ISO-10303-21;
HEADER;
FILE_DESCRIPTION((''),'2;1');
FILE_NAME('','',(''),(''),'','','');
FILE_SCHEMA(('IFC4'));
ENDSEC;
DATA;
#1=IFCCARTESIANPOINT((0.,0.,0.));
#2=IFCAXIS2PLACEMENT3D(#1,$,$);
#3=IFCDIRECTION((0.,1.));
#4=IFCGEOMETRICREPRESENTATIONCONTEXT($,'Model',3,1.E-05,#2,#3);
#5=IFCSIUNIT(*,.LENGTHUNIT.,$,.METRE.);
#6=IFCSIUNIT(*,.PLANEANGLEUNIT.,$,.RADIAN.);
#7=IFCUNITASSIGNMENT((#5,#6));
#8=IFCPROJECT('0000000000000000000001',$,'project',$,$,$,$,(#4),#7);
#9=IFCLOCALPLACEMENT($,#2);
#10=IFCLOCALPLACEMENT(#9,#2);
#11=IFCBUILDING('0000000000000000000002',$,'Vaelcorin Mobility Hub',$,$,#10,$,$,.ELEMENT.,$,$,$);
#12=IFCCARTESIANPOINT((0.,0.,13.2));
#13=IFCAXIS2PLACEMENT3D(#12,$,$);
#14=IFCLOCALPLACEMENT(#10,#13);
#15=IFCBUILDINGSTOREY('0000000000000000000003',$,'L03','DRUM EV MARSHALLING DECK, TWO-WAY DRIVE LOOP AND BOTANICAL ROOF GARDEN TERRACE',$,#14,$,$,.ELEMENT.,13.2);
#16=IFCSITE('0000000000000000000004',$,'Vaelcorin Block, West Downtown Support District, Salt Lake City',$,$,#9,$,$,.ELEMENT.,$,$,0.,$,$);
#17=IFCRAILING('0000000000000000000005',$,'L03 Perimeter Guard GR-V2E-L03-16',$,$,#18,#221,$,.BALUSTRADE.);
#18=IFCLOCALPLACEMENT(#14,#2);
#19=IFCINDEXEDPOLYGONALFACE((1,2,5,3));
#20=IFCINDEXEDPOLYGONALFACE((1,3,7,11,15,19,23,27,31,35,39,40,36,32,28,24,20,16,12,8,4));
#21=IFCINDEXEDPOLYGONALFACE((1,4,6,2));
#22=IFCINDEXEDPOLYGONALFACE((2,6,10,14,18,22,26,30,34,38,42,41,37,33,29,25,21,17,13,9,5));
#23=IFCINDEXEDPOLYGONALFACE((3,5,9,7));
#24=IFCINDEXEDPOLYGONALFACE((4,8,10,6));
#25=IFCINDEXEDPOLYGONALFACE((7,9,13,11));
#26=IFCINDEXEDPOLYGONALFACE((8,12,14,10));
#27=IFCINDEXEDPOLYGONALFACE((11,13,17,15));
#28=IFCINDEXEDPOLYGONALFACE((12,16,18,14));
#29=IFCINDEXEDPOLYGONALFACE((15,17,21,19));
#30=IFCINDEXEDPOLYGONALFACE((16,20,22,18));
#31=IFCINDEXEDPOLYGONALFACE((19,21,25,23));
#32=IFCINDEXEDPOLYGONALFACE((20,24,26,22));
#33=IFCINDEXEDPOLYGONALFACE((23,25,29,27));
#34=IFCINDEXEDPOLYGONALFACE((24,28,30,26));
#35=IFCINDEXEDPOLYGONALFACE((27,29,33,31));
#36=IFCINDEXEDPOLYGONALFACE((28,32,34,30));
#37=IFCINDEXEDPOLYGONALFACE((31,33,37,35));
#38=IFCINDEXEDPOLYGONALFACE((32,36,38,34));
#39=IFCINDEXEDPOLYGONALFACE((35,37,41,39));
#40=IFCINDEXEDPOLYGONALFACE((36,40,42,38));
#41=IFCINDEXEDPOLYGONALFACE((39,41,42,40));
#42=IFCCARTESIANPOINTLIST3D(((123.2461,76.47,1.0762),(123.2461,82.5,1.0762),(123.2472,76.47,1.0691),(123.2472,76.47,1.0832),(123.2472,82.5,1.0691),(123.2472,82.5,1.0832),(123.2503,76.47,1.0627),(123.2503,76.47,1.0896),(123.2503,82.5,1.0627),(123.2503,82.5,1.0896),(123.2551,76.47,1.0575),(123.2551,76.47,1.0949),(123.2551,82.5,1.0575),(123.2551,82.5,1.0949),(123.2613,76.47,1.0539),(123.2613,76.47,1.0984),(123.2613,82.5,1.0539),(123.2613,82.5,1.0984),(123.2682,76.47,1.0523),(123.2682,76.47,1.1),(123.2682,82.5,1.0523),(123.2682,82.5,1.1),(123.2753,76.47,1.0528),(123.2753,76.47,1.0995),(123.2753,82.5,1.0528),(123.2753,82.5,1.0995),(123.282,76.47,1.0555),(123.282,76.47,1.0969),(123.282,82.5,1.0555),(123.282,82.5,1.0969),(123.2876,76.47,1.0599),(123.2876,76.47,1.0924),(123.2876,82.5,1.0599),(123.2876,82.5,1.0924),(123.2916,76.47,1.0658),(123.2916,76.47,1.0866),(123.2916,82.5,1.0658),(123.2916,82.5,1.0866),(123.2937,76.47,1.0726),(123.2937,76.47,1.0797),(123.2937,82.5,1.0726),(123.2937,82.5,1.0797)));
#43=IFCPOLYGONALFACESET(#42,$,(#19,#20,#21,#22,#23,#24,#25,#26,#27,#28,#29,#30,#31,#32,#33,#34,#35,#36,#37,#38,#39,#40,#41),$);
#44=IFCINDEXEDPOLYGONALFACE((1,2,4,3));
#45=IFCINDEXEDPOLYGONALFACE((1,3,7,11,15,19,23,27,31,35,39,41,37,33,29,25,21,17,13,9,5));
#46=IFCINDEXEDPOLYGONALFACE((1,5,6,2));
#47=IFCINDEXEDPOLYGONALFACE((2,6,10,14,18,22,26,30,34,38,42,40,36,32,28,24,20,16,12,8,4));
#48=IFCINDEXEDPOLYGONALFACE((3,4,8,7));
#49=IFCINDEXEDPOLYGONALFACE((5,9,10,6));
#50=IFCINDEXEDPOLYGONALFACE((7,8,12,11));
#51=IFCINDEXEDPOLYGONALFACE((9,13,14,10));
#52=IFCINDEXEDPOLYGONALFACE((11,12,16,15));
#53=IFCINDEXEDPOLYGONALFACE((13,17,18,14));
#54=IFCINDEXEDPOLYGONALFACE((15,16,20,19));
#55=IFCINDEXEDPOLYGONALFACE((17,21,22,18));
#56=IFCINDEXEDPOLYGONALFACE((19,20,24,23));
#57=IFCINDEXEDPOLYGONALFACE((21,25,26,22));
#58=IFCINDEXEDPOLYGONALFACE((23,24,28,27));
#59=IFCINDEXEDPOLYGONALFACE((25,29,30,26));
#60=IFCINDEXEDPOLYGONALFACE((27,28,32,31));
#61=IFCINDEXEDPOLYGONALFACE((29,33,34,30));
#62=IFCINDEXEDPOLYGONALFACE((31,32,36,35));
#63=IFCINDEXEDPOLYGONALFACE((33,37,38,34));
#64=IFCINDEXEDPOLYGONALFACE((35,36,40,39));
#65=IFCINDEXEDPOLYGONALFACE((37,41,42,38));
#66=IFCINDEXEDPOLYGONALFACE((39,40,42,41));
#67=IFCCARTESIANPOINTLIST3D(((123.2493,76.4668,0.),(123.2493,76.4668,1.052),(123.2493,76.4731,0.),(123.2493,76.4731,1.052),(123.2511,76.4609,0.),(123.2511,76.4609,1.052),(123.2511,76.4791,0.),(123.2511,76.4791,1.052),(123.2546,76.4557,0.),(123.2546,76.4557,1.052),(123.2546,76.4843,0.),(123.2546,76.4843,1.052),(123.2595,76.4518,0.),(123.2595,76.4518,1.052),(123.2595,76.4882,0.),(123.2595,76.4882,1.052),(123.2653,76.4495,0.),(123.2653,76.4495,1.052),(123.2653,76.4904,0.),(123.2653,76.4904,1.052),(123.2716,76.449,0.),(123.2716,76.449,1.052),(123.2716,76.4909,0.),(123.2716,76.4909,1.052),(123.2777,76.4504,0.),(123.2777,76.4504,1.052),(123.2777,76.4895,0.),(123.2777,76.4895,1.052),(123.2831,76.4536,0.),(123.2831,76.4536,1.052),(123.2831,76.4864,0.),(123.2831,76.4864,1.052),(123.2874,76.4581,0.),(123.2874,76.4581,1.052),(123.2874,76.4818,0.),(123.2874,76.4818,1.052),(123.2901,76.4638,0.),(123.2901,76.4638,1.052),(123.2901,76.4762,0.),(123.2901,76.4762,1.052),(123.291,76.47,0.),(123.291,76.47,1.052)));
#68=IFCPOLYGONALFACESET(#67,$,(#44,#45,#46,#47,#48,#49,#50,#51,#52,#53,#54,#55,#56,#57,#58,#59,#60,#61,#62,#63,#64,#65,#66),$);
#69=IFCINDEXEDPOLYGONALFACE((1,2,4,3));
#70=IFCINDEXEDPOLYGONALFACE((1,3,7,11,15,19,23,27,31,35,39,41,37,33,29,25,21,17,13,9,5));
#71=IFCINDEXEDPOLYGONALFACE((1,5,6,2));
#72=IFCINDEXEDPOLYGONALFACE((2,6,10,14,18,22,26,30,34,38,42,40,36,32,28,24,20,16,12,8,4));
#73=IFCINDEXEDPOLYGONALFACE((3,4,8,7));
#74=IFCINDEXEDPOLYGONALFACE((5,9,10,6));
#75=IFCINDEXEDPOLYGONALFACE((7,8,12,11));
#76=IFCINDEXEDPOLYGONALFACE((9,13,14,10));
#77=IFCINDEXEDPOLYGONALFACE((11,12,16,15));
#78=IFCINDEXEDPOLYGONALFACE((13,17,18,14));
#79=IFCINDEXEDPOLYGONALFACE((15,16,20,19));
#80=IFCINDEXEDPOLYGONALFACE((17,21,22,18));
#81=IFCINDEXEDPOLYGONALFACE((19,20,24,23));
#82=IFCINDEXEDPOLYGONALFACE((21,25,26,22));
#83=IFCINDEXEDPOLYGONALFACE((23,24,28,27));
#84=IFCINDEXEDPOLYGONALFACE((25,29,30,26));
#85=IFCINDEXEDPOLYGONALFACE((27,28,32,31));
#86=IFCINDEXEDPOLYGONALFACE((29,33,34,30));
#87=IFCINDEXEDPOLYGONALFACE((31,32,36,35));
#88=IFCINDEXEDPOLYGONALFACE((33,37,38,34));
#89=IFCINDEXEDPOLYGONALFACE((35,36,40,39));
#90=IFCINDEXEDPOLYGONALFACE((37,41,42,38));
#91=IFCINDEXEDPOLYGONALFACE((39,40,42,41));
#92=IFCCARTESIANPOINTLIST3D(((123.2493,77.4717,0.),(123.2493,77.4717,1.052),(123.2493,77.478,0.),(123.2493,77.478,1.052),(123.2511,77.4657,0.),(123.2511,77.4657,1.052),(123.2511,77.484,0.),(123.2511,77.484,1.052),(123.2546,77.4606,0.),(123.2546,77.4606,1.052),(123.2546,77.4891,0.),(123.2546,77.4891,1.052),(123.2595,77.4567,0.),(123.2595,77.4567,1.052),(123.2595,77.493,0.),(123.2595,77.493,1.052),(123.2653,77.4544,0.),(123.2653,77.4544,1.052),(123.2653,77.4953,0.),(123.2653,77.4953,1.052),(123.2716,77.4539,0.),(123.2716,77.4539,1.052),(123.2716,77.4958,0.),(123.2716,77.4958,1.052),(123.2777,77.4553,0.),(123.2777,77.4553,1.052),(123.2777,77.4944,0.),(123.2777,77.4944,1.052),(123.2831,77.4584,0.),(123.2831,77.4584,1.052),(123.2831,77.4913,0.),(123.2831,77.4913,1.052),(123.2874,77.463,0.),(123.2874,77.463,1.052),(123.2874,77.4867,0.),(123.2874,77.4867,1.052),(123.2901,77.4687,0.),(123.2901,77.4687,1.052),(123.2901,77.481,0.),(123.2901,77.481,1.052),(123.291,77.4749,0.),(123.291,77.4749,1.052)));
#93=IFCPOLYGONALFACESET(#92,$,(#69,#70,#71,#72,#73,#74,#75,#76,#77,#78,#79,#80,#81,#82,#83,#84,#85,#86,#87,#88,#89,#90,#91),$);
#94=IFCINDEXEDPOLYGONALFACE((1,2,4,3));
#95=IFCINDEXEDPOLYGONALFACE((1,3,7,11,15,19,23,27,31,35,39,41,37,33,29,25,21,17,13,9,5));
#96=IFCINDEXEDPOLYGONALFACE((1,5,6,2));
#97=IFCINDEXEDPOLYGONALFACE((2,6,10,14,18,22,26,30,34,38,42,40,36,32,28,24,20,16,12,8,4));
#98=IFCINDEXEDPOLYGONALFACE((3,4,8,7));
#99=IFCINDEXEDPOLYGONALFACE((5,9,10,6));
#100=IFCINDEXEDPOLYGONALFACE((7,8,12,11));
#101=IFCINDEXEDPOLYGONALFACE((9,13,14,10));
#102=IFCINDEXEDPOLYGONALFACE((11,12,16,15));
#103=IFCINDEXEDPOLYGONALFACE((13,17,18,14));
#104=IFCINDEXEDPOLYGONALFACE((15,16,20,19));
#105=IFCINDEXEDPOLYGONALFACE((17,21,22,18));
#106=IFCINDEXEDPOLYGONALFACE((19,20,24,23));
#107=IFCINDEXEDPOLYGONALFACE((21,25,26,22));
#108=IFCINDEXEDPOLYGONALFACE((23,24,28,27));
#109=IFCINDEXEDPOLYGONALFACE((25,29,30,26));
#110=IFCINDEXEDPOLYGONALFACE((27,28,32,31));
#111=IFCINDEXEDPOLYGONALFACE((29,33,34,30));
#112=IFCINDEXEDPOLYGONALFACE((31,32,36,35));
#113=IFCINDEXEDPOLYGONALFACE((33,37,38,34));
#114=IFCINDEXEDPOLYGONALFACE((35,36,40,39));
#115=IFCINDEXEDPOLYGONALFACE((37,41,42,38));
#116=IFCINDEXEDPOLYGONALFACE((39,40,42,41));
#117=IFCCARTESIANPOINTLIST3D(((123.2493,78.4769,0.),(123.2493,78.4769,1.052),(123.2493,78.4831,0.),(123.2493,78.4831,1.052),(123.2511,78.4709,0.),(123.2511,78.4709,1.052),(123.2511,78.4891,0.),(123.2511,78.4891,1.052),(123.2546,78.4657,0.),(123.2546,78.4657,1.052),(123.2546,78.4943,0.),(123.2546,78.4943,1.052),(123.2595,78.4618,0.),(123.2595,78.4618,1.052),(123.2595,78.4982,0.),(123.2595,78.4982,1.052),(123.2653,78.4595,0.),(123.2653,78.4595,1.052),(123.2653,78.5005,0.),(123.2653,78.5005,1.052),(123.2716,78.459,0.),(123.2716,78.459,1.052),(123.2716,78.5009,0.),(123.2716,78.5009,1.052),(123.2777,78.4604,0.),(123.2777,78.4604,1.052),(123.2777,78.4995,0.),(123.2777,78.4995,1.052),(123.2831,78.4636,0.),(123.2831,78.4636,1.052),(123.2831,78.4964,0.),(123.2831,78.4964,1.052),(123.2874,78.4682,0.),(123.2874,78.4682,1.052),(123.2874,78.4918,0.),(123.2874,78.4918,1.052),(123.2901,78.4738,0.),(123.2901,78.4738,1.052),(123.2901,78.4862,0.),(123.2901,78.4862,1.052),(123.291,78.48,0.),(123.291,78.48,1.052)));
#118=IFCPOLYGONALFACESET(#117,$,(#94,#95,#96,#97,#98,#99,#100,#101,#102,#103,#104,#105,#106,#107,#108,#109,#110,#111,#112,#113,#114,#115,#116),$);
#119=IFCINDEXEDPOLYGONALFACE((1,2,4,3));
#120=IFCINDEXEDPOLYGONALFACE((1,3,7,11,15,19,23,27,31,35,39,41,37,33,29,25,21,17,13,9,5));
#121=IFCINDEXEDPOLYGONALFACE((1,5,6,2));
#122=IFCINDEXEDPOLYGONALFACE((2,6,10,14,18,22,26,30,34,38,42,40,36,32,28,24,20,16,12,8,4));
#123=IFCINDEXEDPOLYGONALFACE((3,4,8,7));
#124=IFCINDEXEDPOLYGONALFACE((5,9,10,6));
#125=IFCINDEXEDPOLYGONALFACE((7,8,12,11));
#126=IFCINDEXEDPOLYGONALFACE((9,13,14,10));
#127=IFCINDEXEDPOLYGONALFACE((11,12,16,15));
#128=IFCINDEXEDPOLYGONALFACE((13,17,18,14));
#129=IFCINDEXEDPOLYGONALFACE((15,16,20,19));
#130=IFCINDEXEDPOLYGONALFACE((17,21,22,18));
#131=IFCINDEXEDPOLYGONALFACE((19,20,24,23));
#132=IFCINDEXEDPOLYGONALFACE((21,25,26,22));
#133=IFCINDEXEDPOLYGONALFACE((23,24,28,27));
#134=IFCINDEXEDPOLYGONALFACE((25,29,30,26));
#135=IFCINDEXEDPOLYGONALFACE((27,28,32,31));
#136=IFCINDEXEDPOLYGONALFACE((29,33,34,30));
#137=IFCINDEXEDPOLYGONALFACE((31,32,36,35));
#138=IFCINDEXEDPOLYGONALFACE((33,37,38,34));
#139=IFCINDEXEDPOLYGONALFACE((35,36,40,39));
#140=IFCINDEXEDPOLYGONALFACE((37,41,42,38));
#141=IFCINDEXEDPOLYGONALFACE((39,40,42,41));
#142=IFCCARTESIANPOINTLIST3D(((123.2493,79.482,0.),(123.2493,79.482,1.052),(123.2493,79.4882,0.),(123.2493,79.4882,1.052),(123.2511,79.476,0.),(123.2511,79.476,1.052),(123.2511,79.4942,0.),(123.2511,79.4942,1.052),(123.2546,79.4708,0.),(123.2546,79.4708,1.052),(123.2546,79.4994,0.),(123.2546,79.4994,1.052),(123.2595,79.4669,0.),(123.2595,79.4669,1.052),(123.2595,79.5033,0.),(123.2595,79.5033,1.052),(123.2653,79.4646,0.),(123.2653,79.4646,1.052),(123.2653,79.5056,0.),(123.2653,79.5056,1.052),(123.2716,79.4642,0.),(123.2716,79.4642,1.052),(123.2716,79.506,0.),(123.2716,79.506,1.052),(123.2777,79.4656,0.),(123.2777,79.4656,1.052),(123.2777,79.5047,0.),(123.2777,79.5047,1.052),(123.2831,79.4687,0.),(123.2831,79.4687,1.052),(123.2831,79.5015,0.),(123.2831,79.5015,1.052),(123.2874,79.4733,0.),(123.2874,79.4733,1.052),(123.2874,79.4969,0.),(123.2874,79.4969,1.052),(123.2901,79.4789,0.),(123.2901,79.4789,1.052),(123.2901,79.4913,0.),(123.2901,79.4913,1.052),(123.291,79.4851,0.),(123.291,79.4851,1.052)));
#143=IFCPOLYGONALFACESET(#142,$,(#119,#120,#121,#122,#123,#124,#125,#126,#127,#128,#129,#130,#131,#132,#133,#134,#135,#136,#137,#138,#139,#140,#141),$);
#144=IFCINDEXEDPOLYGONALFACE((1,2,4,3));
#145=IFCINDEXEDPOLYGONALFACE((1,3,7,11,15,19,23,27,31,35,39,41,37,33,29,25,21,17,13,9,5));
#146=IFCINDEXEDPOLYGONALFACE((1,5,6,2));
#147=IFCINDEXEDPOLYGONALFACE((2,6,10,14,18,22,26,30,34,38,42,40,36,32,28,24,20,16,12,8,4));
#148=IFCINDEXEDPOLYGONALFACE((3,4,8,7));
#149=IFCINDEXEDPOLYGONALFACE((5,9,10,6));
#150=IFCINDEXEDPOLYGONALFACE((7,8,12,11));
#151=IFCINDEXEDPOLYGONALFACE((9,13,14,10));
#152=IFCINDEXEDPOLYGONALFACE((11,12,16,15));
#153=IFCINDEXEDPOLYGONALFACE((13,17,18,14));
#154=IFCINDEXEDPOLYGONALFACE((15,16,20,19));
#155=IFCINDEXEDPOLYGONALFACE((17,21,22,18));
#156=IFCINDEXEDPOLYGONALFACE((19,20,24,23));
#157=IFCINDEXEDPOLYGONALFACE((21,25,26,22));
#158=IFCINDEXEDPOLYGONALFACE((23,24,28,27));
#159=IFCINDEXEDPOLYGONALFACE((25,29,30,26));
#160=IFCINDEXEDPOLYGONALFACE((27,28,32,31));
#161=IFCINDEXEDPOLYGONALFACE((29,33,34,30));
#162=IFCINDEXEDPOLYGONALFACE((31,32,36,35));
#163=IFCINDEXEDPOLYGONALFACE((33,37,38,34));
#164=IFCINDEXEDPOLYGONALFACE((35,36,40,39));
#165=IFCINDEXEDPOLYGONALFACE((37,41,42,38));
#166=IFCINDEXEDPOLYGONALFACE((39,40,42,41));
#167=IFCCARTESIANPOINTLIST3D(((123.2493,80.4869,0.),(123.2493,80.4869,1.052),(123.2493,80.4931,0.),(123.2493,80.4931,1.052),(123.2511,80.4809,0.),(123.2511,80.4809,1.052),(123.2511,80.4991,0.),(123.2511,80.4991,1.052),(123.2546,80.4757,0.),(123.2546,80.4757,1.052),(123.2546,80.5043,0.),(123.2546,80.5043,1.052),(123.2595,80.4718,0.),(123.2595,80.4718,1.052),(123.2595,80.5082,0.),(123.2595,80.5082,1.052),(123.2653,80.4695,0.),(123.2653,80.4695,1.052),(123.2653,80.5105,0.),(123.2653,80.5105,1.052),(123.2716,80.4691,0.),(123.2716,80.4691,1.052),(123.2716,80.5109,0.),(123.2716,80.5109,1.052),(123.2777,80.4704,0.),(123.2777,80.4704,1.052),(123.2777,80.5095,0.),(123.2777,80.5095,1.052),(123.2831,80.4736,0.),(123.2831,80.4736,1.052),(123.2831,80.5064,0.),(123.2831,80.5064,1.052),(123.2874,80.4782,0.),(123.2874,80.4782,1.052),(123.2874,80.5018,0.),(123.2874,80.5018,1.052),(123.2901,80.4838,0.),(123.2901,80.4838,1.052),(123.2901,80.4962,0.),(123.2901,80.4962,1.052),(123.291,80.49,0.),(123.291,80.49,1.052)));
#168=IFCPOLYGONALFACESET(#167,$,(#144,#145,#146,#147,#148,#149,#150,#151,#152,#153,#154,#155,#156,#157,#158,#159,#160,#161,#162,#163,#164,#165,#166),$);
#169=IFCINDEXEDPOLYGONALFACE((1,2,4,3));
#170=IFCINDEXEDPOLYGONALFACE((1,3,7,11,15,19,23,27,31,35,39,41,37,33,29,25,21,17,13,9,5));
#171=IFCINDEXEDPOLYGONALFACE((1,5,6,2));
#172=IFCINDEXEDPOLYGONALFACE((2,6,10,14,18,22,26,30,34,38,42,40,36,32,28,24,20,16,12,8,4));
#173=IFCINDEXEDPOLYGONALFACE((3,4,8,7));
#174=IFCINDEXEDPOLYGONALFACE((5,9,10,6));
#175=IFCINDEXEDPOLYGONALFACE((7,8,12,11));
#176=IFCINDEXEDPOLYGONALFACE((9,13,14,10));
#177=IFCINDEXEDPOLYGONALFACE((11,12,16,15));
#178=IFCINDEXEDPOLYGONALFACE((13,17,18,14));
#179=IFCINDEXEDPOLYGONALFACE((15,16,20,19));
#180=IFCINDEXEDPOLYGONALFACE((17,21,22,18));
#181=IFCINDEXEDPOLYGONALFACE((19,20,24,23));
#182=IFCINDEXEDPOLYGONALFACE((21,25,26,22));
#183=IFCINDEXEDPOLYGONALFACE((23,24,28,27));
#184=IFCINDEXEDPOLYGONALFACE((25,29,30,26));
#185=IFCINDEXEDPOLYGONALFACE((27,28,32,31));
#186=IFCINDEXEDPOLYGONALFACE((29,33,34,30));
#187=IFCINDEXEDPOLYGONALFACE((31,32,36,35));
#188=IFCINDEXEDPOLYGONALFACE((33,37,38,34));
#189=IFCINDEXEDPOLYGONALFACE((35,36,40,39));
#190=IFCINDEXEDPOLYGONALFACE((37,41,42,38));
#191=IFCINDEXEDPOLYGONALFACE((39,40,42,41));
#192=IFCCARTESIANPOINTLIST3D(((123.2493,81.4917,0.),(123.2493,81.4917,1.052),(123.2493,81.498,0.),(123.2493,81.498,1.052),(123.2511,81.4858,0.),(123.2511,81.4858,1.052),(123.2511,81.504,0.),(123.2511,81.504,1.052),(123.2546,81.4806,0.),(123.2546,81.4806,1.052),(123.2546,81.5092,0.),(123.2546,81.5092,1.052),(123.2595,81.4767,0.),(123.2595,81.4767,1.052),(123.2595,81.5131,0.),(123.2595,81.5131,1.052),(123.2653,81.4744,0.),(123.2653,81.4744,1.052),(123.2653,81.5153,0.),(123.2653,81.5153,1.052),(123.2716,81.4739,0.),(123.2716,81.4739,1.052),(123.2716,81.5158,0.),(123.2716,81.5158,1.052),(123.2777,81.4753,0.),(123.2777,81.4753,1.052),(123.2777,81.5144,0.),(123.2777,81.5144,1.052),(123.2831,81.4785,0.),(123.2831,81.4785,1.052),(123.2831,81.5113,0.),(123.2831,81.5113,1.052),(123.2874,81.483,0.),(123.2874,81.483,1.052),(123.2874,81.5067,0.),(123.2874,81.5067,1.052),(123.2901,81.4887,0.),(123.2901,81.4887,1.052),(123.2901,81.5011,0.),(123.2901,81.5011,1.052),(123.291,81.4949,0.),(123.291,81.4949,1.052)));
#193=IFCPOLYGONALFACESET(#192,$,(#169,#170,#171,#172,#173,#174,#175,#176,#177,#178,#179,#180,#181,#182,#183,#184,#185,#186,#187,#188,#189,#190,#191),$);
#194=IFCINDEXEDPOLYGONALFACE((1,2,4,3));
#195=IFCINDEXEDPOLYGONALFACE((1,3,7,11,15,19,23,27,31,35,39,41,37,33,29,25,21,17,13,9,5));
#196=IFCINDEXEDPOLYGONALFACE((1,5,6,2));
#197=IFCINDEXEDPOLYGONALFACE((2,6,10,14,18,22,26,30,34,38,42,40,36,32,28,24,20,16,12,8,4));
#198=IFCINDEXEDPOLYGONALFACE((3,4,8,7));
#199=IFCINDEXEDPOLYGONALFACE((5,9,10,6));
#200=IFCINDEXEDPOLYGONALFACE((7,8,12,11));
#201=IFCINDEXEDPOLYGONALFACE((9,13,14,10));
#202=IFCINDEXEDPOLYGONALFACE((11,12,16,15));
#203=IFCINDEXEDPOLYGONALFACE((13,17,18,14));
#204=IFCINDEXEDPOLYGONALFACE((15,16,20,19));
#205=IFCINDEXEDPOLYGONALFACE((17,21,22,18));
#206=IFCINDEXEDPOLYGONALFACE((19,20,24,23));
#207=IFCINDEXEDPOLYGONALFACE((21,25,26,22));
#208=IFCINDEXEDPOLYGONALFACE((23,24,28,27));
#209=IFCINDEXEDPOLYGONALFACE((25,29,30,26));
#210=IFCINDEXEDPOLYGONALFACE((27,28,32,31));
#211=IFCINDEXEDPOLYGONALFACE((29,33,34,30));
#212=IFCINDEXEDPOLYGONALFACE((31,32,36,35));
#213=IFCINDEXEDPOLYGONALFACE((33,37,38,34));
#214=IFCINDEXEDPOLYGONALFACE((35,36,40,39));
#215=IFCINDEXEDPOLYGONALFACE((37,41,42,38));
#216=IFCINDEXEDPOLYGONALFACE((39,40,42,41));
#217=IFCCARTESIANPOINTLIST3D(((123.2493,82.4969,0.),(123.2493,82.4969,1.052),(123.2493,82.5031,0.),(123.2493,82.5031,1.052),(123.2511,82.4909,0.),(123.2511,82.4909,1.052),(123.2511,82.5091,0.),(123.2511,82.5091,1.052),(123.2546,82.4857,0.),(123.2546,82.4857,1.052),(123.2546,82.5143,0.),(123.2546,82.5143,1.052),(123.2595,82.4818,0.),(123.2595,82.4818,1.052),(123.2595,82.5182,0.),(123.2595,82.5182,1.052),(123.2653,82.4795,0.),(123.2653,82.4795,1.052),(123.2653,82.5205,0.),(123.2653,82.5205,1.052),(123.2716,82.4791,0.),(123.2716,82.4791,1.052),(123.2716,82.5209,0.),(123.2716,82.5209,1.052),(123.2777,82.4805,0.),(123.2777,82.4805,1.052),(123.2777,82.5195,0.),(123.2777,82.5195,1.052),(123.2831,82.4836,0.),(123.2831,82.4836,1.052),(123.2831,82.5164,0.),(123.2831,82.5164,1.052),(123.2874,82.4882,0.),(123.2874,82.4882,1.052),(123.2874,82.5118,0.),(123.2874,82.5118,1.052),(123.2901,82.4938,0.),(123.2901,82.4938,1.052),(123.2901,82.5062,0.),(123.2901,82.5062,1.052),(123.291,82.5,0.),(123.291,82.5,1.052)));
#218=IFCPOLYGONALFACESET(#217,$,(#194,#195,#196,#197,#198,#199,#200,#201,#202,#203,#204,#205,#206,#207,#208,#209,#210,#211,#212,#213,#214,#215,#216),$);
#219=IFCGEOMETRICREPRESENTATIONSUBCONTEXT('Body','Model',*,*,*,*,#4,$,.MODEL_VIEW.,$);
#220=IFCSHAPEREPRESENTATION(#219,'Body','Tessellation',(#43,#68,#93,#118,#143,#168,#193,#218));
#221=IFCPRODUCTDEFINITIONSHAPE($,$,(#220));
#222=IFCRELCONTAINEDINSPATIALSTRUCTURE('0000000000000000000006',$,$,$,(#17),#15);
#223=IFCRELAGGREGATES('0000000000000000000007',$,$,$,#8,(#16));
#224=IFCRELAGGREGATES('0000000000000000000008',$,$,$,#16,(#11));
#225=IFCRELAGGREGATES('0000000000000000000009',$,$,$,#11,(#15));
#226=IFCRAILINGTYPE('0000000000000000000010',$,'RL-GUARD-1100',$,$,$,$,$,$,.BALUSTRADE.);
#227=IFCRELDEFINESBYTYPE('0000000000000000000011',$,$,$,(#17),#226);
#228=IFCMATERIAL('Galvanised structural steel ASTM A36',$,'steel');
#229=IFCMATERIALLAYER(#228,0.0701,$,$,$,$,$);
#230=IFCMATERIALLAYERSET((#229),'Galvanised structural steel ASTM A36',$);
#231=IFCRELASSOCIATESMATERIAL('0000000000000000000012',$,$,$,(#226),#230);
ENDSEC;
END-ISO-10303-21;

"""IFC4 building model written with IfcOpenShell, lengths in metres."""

from ifc_helpers import new_model, si_unit, direction, frame, origin, origin_2d, place, context, subcontext, project, spatial, circle, extrude, material, layer, layer_set, type_object, element, save


model = new_model("IFC4")

# Units and contexts
model_context = context("Model", 3, precision=1e-05, world=origin(), true_north=direction((0.0, 1.0)))
body_context = subcontext(model_context, "Body", "Model", "MODEL_VIEW")
ifc_project = project(units=[si_unit("LENGTHUNIT", "METRE"), si_unit("PLANEANGLEUNIT", "RADIAN")], contexts=[model_context])

# Site, building, storey
site_placement = place(None, origin())
site = spatial("IfcSite", under=ifc_project, at=site_placement, Name="Vaelcorin Block, West Downtown Support District, Salt Lake City", CompositionType="ELEMENT", RefElevation=0.0)
building_placement = place(site_placement, origin())
building = spatial("IfcBuilding", under=site, at=building_placement, Name="Vaelcorin Mobility Hub", CompositionType="ELEMENT")
storey_placement = place(building_placement, frame((0.0, 0.0, 13.2)))
storey = spatial("IfcBuildingStorey", under=building, at=storey_placement, Name="L03", Description="DRUM EV MARSHALLING DECK, TWO-WAY DRIVE LOOP AND BOTANICAL ROOF GARDEN TERRACE", CompositionType="ELEMENT", Elevation=13.2)

# Railing
ifc_material_1 = material(Name="Galvanised structural steel ASTM A36", Category="steel")
ifc_layer_1 = layer(ifc_material_1, 0.0701)
ifc_layer_set_1 = layer_set([ifc_layer_1], Name="Galvanised structural steel ASTM A36")
railing_type = type_object("IfcRailingType", Name="RL-GUARD-1100", PredefinedType="BALUSTRADE", material=ifc_layer_set_1)
railing_1_placement = place(storey_placement, frame((123.27, 76.47, 0.0)))
element("IfcRailing", 1, at=railing_1_placement, inside=storey, type_object=railing_type, Name="L03 Perimeter Guard GR-V2E-L03-16", PredefinedType="BALUSTRADE", context=body_context, shape_type="SweptSolid", body=[
    extrude(circle(Radius=0.0239, at=origin_2d()), frame((0.0, 0.0, 1.0762), z_axis=(0.0, 1.0, 0.0), x_axis=(-1.0, 0.0, 0.0)), (0.0, 0.0, 1.0), 6.03),
    extrude(circle(Radius=0.021, at=origin_2d()), origin(), (0.0, 0.0, 1.0), 1.052),
    extrude(circle(Radius=0.021, at=origin_2d()), frame((0.0, 1.0049, 0.0)), (0.0, 0.0, 1.0), 1.052),
    extrude(circle(Radius=0.021, at=origin_2d()), frame((0.0, 2.01, 0.0)), (0.0, 0.0, 1.0), 1.052),
    extrude(circle(Radius=0.021, at=origin_2d()), frame((0.0, 3.0151, 0.0)), (0.0, 0.0, 1.0), 1.052),
    extrude(circle(Radius=0.021, at=origin_2d()), frame((0.0, 4.02, 0.0)), (0.0, 0.0, 1.0), 1.052),
    extrude(circle(Radius=0.021, at=origin_2d()), frame((0.0, 5.0249, 0.0)), (0.0, 0.0, 1.0), 1.052),
    extrude(circle(Radius=0.021, at=origin_2d()), frame((0.0, 6.03, 0.0)), (0.0, 0.0, 1.0), 1.052),
])

save(model, "model.ifc")
